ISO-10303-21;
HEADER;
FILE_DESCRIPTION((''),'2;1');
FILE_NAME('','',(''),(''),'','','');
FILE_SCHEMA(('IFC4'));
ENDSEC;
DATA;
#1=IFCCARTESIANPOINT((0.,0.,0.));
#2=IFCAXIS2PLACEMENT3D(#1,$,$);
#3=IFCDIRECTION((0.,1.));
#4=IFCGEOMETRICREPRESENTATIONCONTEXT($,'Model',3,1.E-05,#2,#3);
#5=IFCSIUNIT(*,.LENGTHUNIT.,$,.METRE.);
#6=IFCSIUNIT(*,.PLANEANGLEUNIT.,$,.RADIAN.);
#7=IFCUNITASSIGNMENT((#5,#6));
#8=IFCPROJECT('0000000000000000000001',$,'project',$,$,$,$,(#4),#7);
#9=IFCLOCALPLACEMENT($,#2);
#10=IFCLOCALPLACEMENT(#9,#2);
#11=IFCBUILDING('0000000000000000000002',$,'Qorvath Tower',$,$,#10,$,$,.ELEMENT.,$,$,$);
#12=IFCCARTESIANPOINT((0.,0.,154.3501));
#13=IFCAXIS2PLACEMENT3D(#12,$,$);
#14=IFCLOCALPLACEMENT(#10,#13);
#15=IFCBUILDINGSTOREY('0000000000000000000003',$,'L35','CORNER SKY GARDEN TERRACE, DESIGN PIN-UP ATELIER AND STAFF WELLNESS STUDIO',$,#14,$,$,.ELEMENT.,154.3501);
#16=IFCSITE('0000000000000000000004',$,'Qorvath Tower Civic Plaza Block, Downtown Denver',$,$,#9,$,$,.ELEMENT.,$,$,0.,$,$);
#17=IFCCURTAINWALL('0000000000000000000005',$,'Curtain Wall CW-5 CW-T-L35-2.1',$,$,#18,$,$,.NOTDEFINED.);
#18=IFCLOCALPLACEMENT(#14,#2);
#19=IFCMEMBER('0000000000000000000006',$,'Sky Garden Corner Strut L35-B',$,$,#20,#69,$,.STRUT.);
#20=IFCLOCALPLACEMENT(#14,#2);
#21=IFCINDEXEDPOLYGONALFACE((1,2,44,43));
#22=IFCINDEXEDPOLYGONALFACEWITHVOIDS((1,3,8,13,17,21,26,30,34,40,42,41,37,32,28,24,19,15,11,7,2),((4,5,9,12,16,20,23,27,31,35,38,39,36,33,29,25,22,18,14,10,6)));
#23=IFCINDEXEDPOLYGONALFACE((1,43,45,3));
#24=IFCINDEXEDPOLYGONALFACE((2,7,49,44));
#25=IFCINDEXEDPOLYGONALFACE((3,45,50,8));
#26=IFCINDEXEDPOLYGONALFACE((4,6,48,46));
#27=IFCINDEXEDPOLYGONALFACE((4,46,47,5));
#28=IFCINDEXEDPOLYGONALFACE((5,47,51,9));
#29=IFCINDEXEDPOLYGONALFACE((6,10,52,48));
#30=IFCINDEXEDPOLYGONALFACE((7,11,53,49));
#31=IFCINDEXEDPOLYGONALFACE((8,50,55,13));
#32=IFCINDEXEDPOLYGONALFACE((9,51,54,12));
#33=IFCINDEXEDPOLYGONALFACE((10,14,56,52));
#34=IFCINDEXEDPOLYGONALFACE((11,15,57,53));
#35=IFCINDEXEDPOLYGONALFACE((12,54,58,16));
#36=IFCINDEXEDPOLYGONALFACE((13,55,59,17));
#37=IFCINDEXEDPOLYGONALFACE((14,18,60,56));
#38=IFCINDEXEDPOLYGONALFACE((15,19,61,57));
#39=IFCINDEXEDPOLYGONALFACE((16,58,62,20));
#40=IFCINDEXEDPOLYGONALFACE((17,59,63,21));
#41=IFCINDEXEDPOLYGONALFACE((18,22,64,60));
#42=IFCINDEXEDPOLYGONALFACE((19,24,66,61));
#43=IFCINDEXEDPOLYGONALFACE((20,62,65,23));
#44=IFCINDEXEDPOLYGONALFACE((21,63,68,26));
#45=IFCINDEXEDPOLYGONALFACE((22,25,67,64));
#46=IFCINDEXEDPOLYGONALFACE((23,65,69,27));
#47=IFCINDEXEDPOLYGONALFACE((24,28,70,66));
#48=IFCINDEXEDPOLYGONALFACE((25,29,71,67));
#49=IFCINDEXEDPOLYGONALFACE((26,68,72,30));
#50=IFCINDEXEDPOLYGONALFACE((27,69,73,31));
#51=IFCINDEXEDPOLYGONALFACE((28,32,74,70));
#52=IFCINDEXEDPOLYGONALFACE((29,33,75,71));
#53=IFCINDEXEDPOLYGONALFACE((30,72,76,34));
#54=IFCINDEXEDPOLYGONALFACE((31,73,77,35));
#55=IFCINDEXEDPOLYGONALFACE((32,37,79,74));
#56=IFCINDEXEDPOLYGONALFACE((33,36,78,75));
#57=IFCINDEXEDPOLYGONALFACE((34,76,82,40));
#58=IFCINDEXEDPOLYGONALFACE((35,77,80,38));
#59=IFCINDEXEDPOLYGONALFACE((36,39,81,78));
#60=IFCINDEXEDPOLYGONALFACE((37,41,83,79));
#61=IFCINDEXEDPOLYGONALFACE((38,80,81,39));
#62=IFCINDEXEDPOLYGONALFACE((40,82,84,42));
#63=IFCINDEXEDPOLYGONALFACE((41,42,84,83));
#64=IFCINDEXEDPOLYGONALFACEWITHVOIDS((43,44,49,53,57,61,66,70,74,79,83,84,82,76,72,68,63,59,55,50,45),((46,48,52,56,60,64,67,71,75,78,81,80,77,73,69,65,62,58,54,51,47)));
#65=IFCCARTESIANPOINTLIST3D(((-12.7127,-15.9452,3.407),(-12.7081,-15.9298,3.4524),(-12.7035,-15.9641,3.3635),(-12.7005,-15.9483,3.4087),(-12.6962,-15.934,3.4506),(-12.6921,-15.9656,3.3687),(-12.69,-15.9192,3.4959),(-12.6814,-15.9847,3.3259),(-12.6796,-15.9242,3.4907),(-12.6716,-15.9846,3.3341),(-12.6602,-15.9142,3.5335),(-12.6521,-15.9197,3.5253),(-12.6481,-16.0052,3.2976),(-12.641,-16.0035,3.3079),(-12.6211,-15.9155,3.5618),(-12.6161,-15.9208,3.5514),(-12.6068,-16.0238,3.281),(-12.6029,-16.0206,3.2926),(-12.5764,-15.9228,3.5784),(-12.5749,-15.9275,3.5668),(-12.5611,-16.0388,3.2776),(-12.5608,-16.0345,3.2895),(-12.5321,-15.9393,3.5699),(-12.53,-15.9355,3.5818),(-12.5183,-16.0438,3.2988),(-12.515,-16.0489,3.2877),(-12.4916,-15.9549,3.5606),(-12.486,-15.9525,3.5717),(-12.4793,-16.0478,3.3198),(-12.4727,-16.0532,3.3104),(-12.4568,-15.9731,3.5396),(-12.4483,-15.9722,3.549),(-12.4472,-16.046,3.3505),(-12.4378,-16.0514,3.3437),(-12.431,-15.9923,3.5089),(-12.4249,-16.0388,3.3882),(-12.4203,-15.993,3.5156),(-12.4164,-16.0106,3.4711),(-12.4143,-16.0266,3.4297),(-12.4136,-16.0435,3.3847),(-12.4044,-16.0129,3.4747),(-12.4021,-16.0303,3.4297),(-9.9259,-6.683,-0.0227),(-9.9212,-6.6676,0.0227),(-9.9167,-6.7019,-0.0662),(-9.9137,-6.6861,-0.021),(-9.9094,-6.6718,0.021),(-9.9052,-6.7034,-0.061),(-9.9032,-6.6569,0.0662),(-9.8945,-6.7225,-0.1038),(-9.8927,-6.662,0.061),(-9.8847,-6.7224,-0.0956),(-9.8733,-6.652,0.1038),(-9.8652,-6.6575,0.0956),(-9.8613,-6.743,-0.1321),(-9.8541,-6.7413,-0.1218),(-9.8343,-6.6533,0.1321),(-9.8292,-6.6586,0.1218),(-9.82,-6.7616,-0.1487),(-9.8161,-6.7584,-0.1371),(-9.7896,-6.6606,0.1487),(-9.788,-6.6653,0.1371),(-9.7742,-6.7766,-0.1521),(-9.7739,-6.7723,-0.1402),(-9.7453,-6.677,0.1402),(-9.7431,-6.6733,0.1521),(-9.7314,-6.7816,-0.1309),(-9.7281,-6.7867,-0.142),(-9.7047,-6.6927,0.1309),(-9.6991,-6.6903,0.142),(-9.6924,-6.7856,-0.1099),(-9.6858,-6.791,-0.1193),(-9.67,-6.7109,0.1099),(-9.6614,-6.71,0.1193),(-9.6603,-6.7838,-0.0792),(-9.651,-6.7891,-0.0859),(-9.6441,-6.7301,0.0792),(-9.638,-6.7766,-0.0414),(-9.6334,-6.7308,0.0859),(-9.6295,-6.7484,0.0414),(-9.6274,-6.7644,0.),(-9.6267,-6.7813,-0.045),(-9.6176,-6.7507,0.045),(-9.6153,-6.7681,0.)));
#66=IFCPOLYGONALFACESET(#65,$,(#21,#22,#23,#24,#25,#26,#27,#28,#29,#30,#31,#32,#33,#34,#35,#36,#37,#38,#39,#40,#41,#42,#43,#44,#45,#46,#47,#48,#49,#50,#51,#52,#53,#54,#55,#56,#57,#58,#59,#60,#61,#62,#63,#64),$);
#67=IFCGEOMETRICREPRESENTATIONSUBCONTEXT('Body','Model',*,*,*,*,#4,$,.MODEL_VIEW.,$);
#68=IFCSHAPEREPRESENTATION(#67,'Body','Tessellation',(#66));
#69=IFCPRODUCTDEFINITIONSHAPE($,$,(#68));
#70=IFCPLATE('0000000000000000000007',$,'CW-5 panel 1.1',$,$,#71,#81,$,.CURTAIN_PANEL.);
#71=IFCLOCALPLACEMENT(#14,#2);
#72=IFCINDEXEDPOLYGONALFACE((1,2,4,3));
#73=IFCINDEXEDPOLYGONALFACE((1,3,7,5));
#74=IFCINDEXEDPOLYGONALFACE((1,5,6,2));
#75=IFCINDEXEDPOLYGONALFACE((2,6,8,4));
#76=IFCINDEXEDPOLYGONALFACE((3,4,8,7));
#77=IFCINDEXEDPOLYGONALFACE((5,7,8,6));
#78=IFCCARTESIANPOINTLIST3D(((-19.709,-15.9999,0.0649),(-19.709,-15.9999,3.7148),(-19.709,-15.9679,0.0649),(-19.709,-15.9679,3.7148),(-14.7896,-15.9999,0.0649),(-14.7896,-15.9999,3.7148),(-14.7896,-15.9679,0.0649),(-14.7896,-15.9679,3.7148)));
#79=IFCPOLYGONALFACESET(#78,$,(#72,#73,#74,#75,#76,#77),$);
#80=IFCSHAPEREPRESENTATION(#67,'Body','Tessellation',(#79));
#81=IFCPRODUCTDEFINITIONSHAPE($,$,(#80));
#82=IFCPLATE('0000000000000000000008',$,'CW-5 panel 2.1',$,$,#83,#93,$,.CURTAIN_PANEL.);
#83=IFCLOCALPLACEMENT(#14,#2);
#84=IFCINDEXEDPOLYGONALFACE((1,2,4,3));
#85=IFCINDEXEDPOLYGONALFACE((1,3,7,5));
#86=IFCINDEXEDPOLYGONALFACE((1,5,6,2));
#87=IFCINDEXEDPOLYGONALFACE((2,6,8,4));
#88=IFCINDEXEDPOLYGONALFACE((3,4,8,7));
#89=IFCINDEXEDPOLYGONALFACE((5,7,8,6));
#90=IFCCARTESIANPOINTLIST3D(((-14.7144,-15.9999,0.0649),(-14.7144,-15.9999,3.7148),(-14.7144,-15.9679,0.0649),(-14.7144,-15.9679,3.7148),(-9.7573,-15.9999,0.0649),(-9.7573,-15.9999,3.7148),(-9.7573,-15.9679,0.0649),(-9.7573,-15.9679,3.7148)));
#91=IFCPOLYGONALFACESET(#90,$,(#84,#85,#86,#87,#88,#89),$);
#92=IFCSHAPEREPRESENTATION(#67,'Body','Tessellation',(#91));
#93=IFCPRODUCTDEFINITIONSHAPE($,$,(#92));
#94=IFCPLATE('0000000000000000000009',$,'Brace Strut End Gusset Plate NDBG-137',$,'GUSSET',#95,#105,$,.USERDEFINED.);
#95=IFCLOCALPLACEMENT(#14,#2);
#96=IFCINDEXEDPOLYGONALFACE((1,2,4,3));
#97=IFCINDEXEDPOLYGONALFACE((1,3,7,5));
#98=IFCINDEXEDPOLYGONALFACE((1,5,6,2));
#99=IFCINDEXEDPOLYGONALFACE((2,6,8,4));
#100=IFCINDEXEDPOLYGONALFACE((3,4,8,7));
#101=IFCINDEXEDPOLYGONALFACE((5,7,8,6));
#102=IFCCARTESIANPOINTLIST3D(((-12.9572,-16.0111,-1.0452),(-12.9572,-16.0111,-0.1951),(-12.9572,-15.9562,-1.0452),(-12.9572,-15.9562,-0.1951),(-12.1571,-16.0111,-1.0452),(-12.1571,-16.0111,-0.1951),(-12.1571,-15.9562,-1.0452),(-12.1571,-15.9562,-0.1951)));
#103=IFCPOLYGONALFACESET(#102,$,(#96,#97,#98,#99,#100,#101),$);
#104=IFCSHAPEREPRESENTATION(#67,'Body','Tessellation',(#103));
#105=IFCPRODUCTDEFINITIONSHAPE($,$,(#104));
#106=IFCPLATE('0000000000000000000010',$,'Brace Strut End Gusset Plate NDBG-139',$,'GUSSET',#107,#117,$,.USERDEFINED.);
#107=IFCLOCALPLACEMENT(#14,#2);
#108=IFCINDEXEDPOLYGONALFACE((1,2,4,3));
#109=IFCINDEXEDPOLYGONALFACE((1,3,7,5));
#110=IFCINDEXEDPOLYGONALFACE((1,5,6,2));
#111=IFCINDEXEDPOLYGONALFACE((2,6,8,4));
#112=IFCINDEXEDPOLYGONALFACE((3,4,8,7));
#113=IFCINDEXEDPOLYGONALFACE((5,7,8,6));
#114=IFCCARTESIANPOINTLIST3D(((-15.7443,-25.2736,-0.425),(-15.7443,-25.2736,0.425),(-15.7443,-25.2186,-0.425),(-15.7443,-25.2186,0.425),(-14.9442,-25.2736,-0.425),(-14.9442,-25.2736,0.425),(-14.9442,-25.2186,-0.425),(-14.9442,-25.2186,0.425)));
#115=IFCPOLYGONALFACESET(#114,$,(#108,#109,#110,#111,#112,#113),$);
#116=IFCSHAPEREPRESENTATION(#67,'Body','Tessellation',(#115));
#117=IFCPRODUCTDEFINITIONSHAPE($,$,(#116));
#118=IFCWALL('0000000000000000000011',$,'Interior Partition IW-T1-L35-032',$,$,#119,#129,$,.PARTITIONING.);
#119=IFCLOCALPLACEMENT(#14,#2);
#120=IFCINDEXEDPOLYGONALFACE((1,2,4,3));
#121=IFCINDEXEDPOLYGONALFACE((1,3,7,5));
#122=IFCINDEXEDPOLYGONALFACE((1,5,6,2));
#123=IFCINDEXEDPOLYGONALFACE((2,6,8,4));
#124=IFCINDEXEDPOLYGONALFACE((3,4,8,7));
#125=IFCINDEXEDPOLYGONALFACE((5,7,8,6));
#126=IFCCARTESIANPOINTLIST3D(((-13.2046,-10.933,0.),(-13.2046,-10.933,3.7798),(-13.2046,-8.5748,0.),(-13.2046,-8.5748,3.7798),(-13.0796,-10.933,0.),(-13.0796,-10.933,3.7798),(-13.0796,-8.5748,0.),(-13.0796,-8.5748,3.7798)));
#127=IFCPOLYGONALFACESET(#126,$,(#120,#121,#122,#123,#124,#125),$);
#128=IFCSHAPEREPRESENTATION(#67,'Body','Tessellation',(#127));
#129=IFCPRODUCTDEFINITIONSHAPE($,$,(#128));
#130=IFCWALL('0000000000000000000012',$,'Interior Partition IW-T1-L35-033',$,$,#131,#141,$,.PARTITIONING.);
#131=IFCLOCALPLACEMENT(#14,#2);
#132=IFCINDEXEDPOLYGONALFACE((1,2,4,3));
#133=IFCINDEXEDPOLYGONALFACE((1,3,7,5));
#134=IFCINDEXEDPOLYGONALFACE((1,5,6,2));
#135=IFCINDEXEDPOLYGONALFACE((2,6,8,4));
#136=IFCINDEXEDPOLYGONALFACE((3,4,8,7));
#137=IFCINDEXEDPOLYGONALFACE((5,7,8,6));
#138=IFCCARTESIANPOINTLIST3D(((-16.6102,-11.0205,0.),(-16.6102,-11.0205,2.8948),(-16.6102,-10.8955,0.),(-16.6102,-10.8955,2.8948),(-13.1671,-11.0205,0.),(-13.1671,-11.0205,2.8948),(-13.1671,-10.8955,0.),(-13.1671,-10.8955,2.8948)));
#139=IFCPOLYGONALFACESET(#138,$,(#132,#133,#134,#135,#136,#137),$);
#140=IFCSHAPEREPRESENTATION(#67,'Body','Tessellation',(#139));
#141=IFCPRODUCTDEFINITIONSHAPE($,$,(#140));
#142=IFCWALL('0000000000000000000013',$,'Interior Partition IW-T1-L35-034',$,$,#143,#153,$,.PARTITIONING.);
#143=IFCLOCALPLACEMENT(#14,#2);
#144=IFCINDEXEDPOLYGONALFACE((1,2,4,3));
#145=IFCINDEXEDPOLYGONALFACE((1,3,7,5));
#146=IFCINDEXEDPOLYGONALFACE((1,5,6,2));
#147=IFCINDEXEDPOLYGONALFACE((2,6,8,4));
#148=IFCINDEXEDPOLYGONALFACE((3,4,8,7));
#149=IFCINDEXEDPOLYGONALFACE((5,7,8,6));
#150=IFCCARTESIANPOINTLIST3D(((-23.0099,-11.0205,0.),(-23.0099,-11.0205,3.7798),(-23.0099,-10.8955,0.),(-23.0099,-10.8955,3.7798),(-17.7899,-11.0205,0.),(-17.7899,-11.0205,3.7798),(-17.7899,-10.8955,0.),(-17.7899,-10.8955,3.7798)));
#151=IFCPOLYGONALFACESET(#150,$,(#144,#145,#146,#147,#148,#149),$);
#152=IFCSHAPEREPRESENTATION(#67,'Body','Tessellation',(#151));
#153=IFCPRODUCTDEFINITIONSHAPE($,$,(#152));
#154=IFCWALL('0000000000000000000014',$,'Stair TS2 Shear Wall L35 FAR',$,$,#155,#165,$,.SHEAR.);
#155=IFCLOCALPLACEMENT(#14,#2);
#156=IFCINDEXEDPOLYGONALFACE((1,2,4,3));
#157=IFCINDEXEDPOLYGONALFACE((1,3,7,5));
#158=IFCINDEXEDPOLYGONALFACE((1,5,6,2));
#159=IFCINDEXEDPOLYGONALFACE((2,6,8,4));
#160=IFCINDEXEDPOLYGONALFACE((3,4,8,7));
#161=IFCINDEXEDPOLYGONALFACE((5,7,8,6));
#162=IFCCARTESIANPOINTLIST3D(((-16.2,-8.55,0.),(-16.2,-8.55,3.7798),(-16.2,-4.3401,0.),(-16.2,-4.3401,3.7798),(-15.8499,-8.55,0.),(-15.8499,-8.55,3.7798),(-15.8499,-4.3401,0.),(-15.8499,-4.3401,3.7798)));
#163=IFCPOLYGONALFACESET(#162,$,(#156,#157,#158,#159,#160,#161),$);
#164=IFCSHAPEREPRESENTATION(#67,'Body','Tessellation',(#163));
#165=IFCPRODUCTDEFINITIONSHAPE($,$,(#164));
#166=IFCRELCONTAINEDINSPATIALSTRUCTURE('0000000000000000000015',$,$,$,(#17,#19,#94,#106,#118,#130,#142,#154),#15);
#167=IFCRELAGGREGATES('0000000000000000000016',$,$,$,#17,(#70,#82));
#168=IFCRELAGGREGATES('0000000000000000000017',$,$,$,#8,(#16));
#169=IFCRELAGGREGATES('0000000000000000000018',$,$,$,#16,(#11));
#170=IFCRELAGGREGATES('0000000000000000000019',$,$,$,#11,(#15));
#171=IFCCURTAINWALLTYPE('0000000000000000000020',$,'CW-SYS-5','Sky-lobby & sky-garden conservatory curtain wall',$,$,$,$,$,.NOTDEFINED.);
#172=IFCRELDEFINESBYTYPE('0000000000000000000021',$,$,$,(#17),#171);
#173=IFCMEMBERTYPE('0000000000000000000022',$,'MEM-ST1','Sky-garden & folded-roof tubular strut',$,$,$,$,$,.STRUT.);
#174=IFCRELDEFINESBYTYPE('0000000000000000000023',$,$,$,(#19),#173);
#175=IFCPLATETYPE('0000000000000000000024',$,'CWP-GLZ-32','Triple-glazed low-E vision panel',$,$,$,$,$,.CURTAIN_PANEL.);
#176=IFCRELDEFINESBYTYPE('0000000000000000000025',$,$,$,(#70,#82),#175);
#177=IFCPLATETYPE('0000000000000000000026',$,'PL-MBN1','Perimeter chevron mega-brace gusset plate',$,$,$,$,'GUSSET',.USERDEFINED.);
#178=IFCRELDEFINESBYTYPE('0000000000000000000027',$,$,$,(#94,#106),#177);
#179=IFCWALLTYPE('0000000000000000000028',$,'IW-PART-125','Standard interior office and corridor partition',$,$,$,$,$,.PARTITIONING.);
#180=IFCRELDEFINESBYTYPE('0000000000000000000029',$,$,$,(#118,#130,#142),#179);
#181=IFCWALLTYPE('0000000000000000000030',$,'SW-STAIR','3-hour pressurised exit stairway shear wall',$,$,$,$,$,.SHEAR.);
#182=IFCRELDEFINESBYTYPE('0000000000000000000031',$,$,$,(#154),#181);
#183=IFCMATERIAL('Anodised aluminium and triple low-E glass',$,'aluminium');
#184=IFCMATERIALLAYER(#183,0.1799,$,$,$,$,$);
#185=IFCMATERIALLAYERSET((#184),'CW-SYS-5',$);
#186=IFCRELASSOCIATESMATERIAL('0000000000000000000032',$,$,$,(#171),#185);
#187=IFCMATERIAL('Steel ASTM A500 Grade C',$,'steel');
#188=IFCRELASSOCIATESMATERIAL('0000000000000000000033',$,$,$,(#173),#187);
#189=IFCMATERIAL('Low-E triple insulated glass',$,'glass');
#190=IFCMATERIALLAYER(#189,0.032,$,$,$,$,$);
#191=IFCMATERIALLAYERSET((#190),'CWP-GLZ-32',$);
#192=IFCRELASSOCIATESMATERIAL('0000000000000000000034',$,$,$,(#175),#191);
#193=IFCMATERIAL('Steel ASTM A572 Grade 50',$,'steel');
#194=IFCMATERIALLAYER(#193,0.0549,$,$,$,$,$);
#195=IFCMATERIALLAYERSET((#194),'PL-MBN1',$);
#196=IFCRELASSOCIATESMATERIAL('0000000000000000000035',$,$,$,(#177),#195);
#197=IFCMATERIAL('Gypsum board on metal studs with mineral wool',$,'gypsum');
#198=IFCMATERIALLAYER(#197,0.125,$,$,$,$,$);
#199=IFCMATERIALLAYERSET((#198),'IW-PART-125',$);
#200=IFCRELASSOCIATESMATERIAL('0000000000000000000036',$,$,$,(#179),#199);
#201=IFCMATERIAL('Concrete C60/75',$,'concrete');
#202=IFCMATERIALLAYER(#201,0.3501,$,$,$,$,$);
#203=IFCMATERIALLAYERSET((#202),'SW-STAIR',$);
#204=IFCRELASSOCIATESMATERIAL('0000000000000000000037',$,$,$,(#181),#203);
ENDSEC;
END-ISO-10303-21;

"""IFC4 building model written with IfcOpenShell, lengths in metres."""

from ifc_helpers import new_model, si_unit, direction, frame, frame_2d, origin, origin_2d, place, context, subcontext, project, spatial, rectangle, hollow_circle, extrude, material, layer, layer_set, material_profile, profile_set, type_object, element, aggregate, save


model = new_model("IFC4")

# Units and contexts
model_context = context("Model", 3, precision=1e-05, world=origin(), true_north=direction((0.0, 1.0)))
body_context = subcontext(model_context, "Body", "Model", "MODEL_VIEW")
ifc_project = project(units=[si_unit("LENGTHUNIT", "METRE"), si_unit("PLANEANGLEUNIT", "RADIAN")], contexts=[model_context])

# Site, building, storey
site_placement = place(None, origin())
site = spatial("IfcSite", under=ifc_project, at=site_placement, Name="Qorvath Tower Civic Plaza Block, Downtown Denver", CompositionType="ELEMENT", RefElevation=0.0)
building_placement = place(site_placement, origin())
building = spatial("IfcBuilding", under=site, at=building_placement, Name="Qorvath Tower", CompositionType="ELEMENT")
storey_placement = place(building_placement, frame((0.0, 0.0, 154.3501)))
storey = spatial("IfcBuildingStorey", under=building, at=storey_placement, Name="L35", Description="CORNER SKY GARDEN TERRACE, DESIGN PIN-UP ATELIER AND STAFF WELLNESS STUDIO", CompositionType="ELEMENT", Elevation=154.3501)

# Curtain wall
ifc_material_1 = material(Name="Anodised aluminium and triple low-E glass", Category="aluminium")
ifc_layer_1 = layer(ifc_material_1, 0.1799)
ifc_layer_set_1 = layer_set([ifc_layer_1], Name="CW-SYS-5")
curtain_wall_type = type_object("IfcCurtainWallType", Name="CW-SYS-5", Description="Sky-lobby & sky-garden conservatory curtain wall", PredefinedType="NOTDEFINED", material=ifc_layer_set_1)
curtain_wall_1_placement = place(storey_placement, origin())
curtain_wall_1 = element("IfcCurtainWall", 1, at=curtain_wall_1_placement, inside=storey, type_object=curtain_wall_type, Name="Curtain Wall CW-5 CW-T-L35-2.1", PredefinedType="NOTDEFINED")

# Member
ifc_material_2 = material(Name="Steel ASTM A500 Grade C", Category="steel")
ifc_material_profile_1 = material_profile(ifc_material_2, hollow_circle(Radius=0.1619, WallThickness=0.0127, at=origin_2d()), Name="CHS 324x12.7")
ifc_profile_set_1 = profile_set([ifc_material_profile_1], Name="Steel ASTM A500 Grade C")
member_type_1 = type_object("IfcMemberType", Name="MEM-ST1", Description="Sky-garden & folded-roof tubular strut", PredefinedType="STRUT", material=ifc_profile_set_1)
member_1_placement = place(storey_placement, frame((-9.7703, -6.7214, 0.0), z_axis=(-0.271559, -0.902534, 0.334198), x_axis=(0.957593, -0.288126, 0.0)))
element("IfcMember", 2, at=member_1_placement, inside=storey, type_object=member_type_1, Name="Sky Garden Corner Strut L35-B", PredefinedType="STRUT", context=body_context, shape_type="SweptSolid", body=[
    extrude(hollow_circle(Radius=0.1619, WallThickness=0.0127, at=origin_2d()), origin(), (0.0, 0.0, 1.0), 10.2625),
])

# Plates
ifc_material_3 = material(Name="Low-E triple insulated glass", Category="glass")
ifc_layer_2 = layer(ifc_material_3, 0.032)
ifc_layer_set_2 = layer_set([ifc_layer_2], Name="CWP-GLZ-32")
plate_type_1 = type_object("IfcPlateType", Name="CWP-GLZ-32", Description="Triple-glazed low-E vision panel", PredefinedType="CURTAIN_PANEL", material=ifc_layer_set_2)
plate_1_placement = place(storey_placement, frame((-17.2493, -15.9839, 0.0649), z_axis=(0.0, 0.0, 1.0), x_axis=(1.0, 0.0, 0.0)))
plate_1 = element("IfcPlate", 3, at=plate_1_placement, type_object=plate_type_1, Name="CW-5 panel 1.1", PredefinedType="CURTAIN_PANEL", context=body_context, shape_type="SweptSolid", body=[
    extrude(rectangle(XDim=4.9194, YDim=0.032, at=origin_2d()), origin(), (0.0, 0.0, 1.0), 3.6499),
])
plate_2_placement = place(storey_placement, frame((-12.2358, -15.9839, 0.0649), z_axis=(0.0, 0.0, 1.0), x_axis=(1.0, 0.0, 0.0)))
plate_2 = element("IfcPlate", 4, at=plate_2_placement, type_object=plate_type_1, Name="CW-5 panel 2.1", PredefinedType="CURTAIN_PANEL", context=body_context, shape_type="SweptSolid", body=[
    extrude(rectangle(XDim=4.957, YDim=0.032, at=origin_2d()), origin(), (0.0, 0.0, 1.0), 3.6499),
])
aggregate(curtain_wall_1, [plate_1, plate_2])

# Plates
ifc_material_4 = material(Name="Steel ASTM A572 Grade 50", Category="steel")
ifc_layer_3 = layer(ifc_material_4, 0.0549)
ifc_layer_set_3 = layer_set([ifc_layer_3], Name="PL-MBN1")
plate_type_2 = type_object("IfcPlateType", Name="PL-MBN1", Description="Perimeter chevron mega-brace gusset plate", ElementType="GUSSET", PredefinedType="USERDEFINED", material=ifc_layer_set_3)
for number, where, z_axis, x_axis, name in (
    (5, (-12.5571, -15.9836, -1.0452), (0.0, 0.0, 1.0), (1.0, 0.0, 0.0), "Brace Strut End Gusset Plate NDBG-137"),
    (6, (-15.3442, -25.2461, -0.425), (0.0, 0.0, 1.0), (1.0, 0.0, 0.0), "Brace Strut End Gusset Plate NDBG-139"),
):
    element("IfcPlate", number, at=place(storey_placement, frame(where, z_axis=z_axis, x_axis=x_axis)), inside=storey, type_object=plate_type_2, Name=name, ObjectType="GUSSET", PredefinedType="USERDEFINED", context=body_context, shape_type="SweptSolid", body=[
        extrude(rectangle(XDim=0.8, YDim=0.0549, at=origin_2d()), origin(), (0.0, 0.0, 1.0), 0.8501),
    ])

# Walls
ifc_material_5 = material(Name="Gypsum board on metal studs with mineral wool", Category="gypsum")
ifc_layer_4 = layer(ifc_material_5, 0.125)
ifc_layer_set_4 = layer_set([ifc_layer_4], Name="IW-PART-125")
wall_type_1 = type_object("IfcWallType", Name="IW-PART-125", Description="Standard interior office and corridor partition", PredefinedType="PARTITIONING", material=ifc_layer_set_4)
wall_1_placement = place(storey_placement, frame((-13.1421, -10.9331, 0.0), z_axis=(0.0, 0.0, 1.0), x_axis=(0.0, 1.0, 0.0)))
element("IfcWall", 7, at=wall_1_placement, inside=storey, type_object=wall_type_1, Name="Interior Partition IW-T1-L35-032", PredefinedType="PARTITIONING", context=body_context, shape_type="SweptSolid", body=[
    extrude(rectangle(XDim=2.3582, YDim=0.125, at=frame_2d((1.1792, 0.0))), origin(), (0.0, 0.0, 1.0), 3.7798),
])
wall_2_placement = place(storey_placement, frame((-13.167, -10.958, 0.0), z_axis=(0.0, 0.0, 1.0), x_axis=(-1.0, 0.0, 0.0)))
element("IfcWall", 8, at=wall_2_placement, inside=storey, type_object=wall_type_1, Name="Interior Partition IW-T1-L35-033", PredefinedType="PARTITIONING", context=body_context, shape_type="SweptSolid", body=[
    extrude(rectangle(XDim=3.4431, YDim=0.125, at=frame_2d((1.7217, 0.0))), origin(), (0.0, 0.0, 1.0), 2.8948),
])
wall_3_placement = place(storey_placement, frame((-17.79, -10.958, 0.0), z_axis=(0.0, 0.0, 1.0), x_axis=(-1.0, 0.0, 0.0)))
element("IfcWall", 9, at=wall_3_placement, inside=storey, type_object=wall_type_1, Name="Interior Partition IW-T1-L35-034", PredefinedType="PARTITIONING", context=body_context, shape_type="SweptSolid", body=[
    extrude(rectangle(XDim=5.22, YDim=0.125, at=frame_2d((2.6099, 0.0))), origin(), (0.0, 0.0, 1.0), 3.7798),
])
ifc_material_6 = material(Name="Concrete C60/75", Category="concrete")
ifc_layer_5 = layer(ifc_material_6, 0.3501)
ifc_layer_set_5 = layer_set([ifc_layer_5], Name="SW-STAIR")
wall_type_2 = type_object("IfcWallType", Name="SW-STAIR", Description="3-hour pressurised exit stairway shear wall", PredefinedType="SHEAR", material=ifc_layer_set_5)
wall_4_placement = place(storey_placement, frame((-16.0249, -8.55, 0.0), z_axis=(0.0, 0.0, 1.0), x_axis=(0.0, 1.0, 0.0)))
element("IfcWall", 10, at=wall_4_placement, inside=storey, type_object=wall_type_2, Name="Stair TS2 Shear Wall L35 FAR", PredefinedType="SHEAR", context=body_context, shape_type="SweptSolid", body=[
    extrude(rectangle(XDim=4.21, YDim=0.3501, at=frame_2d((2.105, 0.0))), origin(), (0.0, 0.0, 1.0), 3.7798),
])

save(model, "model.ifc")
